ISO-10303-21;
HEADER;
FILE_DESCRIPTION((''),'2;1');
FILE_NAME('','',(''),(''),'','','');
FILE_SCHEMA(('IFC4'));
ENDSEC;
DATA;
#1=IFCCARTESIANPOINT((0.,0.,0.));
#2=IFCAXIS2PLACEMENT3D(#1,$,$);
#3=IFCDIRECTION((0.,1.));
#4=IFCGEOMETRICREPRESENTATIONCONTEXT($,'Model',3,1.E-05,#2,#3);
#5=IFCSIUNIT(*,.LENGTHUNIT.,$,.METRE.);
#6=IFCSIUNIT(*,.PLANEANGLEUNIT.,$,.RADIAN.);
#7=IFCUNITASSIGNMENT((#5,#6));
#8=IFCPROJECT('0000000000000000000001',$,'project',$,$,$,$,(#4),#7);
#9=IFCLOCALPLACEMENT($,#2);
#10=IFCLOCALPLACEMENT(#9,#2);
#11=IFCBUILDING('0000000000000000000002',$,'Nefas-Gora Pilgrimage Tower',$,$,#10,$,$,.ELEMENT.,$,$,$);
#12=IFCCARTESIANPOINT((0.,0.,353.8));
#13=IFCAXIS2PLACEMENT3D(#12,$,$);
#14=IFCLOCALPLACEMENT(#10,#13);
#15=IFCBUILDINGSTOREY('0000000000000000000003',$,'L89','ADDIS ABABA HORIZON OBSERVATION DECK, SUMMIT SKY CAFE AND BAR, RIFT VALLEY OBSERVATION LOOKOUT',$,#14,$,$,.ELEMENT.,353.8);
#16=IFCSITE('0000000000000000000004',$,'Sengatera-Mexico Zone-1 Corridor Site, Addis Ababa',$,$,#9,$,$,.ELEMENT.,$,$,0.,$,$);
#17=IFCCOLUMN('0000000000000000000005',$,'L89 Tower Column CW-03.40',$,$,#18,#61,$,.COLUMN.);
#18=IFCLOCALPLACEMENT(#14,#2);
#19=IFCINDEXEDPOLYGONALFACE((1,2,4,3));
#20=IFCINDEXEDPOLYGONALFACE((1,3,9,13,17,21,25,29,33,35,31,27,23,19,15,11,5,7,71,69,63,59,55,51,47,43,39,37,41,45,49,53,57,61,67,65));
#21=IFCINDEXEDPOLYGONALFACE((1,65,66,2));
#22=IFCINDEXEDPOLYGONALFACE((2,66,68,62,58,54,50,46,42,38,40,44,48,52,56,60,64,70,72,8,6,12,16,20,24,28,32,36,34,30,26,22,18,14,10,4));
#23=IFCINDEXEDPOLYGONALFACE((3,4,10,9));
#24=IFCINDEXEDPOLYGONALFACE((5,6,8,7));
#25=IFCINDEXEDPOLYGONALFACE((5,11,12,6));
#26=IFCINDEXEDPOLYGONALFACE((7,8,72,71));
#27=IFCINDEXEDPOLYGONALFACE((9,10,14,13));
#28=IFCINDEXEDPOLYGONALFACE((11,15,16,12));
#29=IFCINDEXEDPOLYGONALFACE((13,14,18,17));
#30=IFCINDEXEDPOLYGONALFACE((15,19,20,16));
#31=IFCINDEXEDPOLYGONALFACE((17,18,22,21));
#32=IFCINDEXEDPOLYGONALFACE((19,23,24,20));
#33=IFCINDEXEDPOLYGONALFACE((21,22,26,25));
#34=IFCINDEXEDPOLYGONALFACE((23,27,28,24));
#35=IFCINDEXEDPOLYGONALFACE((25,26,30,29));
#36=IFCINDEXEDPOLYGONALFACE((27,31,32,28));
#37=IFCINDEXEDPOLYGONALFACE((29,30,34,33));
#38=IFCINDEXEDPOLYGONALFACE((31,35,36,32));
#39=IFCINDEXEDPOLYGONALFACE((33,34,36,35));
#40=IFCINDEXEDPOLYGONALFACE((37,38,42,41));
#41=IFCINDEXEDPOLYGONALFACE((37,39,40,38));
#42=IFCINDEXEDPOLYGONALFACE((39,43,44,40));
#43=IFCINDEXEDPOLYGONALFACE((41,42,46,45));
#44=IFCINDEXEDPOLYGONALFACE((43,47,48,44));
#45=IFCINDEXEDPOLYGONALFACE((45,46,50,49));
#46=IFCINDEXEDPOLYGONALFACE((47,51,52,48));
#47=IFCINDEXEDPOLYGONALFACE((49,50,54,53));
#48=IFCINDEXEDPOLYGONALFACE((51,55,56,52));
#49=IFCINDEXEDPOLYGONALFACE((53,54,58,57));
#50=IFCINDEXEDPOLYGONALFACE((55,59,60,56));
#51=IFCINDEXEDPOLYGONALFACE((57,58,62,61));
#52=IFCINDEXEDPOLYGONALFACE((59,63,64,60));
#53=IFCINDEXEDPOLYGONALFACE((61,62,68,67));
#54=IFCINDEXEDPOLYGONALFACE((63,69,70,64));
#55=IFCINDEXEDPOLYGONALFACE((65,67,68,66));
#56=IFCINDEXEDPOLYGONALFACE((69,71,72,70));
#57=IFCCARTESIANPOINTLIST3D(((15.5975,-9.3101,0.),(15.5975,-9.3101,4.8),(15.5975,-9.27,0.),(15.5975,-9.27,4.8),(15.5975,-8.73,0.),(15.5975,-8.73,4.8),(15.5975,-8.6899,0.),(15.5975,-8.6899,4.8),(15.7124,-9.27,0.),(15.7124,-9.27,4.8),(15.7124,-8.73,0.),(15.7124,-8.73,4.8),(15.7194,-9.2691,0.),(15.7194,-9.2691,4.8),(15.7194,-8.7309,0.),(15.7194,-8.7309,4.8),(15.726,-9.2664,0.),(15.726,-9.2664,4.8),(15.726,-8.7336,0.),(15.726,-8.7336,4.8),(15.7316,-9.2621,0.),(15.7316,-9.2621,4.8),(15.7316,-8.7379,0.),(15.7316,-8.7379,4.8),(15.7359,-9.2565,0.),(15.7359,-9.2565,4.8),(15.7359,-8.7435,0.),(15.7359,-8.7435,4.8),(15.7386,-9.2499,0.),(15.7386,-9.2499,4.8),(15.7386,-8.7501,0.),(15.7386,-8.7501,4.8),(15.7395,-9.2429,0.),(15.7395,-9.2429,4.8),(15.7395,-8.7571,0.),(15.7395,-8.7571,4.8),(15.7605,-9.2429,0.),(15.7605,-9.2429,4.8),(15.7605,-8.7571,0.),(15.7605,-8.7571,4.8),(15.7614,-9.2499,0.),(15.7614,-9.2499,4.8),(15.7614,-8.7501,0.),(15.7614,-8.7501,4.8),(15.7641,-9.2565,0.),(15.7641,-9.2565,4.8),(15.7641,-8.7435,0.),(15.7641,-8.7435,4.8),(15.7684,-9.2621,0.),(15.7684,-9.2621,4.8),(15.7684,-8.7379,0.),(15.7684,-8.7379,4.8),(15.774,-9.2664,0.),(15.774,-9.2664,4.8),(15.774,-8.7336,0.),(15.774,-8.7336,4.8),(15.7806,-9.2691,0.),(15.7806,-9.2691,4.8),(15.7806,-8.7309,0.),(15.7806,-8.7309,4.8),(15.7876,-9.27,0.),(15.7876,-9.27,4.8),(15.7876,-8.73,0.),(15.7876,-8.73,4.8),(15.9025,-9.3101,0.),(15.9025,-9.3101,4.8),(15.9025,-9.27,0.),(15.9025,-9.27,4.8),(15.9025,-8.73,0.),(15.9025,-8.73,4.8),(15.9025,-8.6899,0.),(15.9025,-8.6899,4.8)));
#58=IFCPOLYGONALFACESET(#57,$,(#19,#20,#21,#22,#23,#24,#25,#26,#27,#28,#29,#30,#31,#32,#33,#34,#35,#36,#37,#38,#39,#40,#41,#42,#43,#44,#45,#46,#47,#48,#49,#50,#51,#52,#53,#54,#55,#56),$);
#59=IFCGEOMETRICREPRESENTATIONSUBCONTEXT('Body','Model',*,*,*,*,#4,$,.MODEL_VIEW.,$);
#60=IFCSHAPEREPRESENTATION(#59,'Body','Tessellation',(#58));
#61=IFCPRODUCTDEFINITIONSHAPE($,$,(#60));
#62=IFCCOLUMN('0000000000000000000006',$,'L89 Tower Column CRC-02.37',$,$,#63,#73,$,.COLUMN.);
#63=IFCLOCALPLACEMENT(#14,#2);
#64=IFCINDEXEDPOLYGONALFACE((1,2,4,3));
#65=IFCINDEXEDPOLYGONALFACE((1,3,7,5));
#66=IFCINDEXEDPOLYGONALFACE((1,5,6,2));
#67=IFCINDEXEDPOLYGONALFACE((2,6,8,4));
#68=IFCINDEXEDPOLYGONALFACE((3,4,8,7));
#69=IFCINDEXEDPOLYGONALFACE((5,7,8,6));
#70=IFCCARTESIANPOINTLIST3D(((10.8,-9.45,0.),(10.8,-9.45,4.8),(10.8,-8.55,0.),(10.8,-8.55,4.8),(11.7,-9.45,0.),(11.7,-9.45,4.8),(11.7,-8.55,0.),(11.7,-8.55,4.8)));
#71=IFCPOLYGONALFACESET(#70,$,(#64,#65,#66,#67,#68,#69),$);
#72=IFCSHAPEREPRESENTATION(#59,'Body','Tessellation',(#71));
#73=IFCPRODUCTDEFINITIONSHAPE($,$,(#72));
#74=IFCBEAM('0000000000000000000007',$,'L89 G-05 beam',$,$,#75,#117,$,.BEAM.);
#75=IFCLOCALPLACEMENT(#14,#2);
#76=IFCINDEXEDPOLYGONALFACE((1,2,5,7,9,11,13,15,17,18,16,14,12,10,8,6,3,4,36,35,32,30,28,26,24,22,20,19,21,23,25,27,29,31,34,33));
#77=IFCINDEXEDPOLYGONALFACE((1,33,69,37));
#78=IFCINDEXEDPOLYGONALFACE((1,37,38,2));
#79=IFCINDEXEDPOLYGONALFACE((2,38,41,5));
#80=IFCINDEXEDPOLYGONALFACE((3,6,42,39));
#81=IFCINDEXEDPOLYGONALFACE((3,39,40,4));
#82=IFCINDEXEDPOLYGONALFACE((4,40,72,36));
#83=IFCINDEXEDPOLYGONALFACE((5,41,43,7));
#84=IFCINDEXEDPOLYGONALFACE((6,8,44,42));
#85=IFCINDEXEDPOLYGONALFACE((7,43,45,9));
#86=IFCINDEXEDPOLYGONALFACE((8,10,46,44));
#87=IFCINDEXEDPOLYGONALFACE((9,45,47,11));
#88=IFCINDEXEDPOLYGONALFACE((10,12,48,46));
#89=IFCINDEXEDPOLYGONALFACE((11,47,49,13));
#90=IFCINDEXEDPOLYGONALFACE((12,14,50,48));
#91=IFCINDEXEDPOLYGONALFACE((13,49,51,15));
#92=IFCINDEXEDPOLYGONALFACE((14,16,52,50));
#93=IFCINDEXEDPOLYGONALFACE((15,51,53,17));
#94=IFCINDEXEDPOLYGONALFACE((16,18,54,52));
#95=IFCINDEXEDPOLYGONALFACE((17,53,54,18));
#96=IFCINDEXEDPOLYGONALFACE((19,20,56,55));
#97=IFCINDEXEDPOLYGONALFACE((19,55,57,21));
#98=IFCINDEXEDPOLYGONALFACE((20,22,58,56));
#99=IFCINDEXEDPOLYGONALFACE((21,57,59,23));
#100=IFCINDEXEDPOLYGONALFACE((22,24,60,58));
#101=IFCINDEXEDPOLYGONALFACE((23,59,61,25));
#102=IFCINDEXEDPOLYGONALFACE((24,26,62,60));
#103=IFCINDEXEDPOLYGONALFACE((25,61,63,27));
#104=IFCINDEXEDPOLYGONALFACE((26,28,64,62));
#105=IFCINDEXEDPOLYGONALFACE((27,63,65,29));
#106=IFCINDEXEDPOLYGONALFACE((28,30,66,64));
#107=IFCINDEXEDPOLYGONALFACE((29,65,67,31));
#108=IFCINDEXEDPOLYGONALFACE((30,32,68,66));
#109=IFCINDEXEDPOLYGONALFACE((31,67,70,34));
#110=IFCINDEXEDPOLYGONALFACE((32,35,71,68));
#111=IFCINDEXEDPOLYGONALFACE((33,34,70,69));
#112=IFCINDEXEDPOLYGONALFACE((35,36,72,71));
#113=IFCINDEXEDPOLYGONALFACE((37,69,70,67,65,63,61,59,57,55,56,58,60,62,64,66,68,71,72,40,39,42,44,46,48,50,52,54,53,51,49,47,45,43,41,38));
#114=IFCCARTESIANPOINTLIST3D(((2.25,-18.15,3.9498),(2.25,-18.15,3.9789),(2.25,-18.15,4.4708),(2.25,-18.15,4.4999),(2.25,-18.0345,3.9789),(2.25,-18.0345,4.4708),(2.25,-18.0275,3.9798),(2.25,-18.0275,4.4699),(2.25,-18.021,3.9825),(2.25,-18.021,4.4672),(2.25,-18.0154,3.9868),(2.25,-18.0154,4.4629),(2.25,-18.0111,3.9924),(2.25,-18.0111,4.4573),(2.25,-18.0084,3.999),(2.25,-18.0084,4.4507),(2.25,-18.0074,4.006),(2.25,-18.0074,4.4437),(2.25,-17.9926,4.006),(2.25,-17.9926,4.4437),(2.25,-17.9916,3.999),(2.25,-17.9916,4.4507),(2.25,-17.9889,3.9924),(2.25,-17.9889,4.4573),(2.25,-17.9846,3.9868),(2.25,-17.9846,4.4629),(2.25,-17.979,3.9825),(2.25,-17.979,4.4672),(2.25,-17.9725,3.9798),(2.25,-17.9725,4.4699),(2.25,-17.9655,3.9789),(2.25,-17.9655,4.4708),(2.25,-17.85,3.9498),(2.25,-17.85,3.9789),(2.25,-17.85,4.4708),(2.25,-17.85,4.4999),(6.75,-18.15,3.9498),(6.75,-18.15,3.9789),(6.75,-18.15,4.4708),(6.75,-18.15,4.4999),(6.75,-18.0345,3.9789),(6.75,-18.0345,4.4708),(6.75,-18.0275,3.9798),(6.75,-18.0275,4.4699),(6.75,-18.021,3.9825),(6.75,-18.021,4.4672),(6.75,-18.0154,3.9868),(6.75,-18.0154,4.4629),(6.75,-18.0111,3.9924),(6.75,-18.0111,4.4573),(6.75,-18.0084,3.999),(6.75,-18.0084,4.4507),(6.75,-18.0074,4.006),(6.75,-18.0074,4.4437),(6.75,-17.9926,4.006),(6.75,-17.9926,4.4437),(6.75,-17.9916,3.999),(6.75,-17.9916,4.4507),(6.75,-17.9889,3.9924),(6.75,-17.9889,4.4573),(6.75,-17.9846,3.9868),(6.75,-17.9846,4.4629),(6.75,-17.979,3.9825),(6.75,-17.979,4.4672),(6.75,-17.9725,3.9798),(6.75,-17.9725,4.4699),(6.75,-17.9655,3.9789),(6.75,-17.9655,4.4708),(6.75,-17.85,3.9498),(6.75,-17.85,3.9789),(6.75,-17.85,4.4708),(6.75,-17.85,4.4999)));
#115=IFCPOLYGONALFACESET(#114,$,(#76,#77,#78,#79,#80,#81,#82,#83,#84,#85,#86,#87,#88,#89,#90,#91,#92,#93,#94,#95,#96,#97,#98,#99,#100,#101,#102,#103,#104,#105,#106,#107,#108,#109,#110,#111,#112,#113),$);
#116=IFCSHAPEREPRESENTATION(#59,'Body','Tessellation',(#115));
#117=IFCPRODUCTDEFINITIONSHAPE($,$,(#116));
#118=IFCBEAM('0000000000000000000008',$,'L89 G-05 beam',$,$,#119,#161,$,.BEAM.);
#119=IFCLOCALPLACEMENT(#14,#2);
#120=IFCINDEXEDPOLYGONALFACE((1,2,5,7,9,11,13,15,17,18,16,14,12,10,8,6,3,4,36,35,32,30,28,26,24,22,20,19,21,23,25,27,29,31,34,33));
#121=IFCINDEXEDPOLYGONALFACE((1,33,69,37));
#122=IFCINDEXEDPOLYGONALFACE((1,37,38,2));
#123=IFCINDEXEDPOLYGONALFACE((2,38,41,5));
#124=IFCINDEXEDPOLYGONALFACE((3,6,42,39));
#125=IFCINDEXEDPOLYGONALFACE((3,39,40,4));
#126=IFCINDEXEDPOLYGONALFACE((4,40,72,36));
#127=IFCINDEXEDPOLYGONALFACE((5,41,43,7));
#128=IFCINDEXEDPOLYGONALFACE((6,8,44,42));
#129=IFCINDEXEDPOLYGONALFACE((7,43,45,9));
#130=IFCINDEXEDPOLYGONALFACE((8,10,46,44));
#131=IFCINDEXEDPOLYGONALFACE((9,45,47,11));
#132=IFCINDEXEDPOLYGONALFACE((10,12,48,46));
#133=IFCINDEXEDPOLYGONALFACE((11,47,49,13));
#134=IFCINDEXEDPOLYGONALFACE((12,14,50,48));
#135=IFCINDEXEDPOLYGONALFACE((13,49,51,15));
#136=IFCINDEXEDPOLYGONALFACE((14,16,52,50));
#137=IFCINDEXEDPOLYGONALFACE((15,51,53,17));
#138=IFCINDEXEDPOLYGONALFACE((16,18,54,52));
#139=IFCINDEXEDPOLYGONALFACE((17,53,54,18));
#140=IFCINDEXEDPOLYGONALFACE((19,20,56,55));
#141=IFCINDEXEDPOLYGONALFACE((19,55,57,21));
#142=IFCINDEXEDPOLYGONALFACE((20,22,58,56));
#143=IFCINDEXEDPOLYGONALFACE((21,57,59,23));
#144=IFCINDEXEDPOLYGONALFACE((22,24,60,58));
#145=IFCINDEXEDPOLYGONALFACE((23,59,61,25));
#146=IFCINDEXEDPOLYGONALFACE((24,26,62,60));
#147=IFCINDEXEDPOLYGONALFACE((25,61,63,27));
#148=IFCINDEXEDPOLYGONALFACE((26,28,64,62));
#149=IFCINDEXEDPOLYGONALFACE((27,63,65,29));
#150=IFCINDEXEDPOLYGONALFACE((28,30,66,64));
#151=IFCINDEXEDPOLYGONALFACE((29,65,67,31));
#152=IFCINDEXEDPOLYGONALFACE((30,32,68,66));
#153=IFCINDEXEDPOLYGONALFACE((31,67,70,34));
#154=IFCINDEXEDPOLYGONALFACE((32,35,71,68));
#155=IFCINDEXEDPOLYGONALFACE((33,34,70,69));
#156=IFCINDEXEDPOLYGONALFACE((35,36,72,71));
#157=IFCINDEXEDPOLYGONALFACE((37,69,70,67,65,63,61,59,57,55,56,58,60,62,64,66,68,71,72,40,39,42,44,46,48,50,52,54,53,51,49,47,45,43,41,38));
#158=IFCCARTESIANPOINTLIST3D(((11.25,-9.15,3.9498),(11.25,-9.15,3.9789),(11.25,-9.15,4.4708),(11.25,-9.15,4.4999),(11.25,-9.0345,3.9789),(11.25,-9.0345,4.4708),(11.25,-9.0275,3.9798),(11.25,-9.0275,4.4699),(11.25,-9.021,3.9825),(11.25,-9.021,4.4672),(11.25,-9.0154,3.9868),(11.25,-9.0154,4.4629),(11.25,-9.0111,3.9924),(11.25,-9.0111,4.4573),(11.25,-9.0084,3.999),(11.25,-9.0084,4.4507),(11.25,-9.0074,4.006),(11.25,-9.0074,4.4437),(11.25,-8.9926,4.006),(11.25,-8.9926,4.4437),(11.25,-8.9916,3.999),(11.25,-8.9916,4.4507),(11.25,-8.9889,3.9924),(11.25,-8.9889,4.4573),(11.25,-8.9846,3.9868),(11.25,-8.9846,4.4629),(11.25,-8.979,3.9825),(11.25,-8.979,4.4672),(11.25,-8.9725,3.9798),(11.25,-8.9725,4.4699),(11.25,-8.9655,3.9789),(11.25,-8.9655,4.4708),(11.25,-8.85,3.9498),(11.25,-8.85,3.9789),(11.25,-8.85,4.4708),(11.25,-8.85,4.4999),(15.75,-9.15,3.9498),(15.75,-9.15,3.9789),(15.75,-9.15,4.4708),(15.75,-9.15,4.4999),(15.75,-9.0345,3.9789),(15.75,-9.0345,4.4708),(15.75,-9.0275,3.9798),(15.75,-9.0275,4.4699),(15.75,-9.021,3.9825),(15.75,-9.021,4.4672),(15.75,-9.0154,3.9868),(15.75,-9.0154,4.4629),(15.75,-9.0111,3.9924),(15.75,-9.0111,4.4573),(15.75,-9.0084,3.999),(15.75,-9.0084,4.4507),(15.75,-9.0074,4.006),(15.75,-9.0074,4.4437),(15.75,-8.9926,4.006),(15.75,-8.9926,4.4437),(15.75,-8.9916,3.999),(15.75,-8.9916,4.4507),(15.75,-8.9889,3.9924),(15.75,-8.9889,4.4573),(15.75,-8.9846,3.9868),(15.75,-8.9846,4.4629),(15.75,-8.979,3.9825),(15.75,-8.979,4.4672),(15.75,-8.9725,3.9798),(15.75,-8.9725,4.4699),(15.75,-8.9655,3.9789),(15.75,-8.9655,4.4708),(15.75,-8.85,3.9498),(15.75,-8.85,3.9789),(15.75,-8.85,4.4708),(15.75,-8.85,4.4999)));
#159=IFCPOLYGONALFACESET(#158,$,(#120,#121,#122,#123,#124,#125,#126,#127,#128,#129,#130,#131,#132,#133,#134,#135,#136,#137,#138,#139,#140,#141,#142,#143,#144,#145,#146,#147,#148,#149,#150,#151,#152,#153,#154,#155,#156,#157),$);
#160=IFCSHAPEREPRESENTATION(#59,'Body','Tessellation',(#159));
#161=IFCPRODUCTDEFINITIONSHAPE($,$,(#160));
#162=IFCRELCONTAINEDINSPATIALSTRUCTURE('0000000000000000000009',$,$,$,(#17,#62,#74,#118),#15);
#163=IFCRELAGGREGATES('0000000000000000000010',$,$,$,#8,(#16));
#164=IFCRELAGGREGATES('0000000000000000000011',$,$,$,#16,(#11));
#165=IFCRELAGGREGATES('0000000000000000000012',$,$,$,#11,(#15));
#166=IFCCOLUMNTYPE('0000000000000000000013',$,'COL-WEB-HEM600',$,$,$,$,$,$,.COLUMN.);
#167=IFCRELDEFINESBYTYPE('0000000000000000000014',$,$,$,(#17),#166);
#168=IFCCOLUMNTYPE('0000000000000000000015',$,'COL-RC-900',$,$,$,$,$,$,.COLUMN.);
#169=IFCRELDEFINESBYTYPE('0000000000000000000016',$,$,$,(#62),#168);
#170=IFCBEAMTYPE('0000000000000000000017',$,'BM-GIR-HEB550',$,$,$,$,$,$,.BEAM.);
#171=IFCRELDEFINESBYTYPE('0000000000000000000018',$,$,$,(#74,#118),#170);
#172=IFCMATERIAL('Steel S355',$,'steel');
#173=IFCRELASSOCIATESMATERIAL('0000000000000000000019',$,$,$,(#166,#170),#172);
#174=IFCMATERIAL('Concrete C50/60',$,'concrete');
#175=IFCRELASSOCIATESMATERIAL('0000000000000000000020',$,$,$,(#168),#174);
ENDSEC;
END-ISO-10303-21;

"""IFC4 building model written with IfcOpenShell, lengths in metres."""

from ifc_helpers import new_model, si_unit, direction, frame, origin, origin_2d, place, context, subcontext, project, spatial, rectangle, i_section, extrude, source, transform, mapped, material, material_profile, profile_set, type_object, element, save


model = new_model("IFC4")

# Units and contexts
model_context = context("Model", 3, precision=1e-05, world=origin(), true_north=direction((0.0, 1.0)))
body_context = subcontext(model_context, "Body", "Model", "MODEL_VIEW")
ifc_project = project(units=[si_unit("LENGTHUNIT", "METRE"), si_unit("PLANEANGLEUNIT", "RADIAN")], contexts=[model_context])

# Site, building, storey
site_placement = place(None, origin())
site = spatial("IfcSite", under=ifc_project, at=site_placement, Name="Sengatera-Mexico Zone-1 Corridor Site, Addis Ababa", CompositionType="ELEMENT", RefElevation=0.0)
building_placement = place(site_placement, origin())
building = spatial("IfcBuilding", under=site, at=building_placement, Name="Nefas-Gora Pilgrimage Tower", CompositionType="ELEMENT")
storey_placement = place(building_placement, frame((0.0, 0.0, 353.8)))
storey = spatial("IfcBuildingStorey", under=building, at=storey_placement, Name="L89", Description="ADDIS ABABA HORIZON OBSERVATION DECK, SUMMIT SKY CAFE AND BAR, RIFT VALLEY OBSERVATION LOOKOUT", CompositionType="ELEMENT", Elevation=353.8)

# Columns
ifc_material_1 = material(Name="Steel S355", Category="steel")
ifc_material_profile_1 = material_profile(ifc_material_1, i_section(OverallWidth=0.3049, OverallDepth=0.6201, WebThickness=0.021, FlangeThickness=0.04, FilletRadius=0.0271, at=origin_2d()), Name="HEM 600")
ifc_profile_set_1 = profile_set([ifc_material_profile_1], Name="Steel S355")
column_type_1 = type_object("IfcColumnType", Name="COL-WEB-HEM600", PredefinedType="COLUMN", material=ifc_profile_set_1)
shared_shape_1 = source(origin(), body_context, "Body", "SweptSolid", [
    extrude(i_section(OverallWidth=0.3049, OverallDepth=0.6201, WebThickness=0.021, FlangeThickness=0.04, FilletRadius=0.0271, at=origin_2d()), origin(), (0.0, 0.0, 1.0), 4.8),
])
for number, where, z_axis, x_axis, name in (
    (1, (15.75, -9.0, 0.0), (0.0, 0.0, 1.0), (1.0, 0.0, 0.0), "L89 Tower Column CW-03.40"),
):
    element("IfcColumn", number, at=place(storey_placement, frame(where, z_axis=z_axis, x_axis=x_axis)), inside=storey, type_object=column_type_1, Name=name, PredefinedType="COLUMN", context=body_context, shape_type="MappedRepresentation", body=[
        mapped(shared_shape_1, transform((0.0, 0.0, 0.0), x_axis=(1.0, 0.0, 0.0), y_axis=(0.0, 1.0, 0.0), z_axis=(0.0, 0.0, 1.0), scale=1.0)),
    ])
ifc_material_2 = material(Name="Concrete C50/60", Category="concrete")
ifc_material_profile_2 = material_profile(ifc_material_2, rectangle(XDim=0.8999, YDim=0.8999, at=origin_2d()), Name="RC 900x900")
ifc_profile_set_2 = profile_set([ifc_material_profile_2], Name="Concrete C50/60")
column_type_2 = type_object("IfcColumnType", Name="COL-RC-900", PredefinedType="COLUMN", material=ifc_profile_set_2)
shared_shape_2 = source(origin(), body_context, "Body", "SweptSolid", [
    extrude(rectangle(XDim=0.8999, YDim=0.8999, at=origin_2d()), origin(), (0.0, 0.0, 1.0), 4.8),
])
column_placement = place(storey_placement, frame((11.25, -9.0, 0.0), z_axis=(0.0, 0.0, 1.0), x_axis=(1.0, 0.0, 0.0)))
element("IfcColumn", 2, at=column_placement, inside=storey, type_object=column_type_2, Name="L89 Tower Column CRC-02.37", PredefinedType="COLUMN", context=body_context, shape_type="MappedRepresentation", body=[
    mapped(shared_shape_2, transform((0.0, 0.0, 0.0), x_axis=(1.0, 0.0, 0.0), y_axis=(0.0, 1.0, 0.0), z_axis=(0.0, 0.0, 1.0), scale=1.0)),
])

# Beams
ifc_material_profile_3 = material_profile(ifc_material_1, i_section(OverallWidth=0.3, OverallDepth=0.55, WebThickness=0.0149, FlangeThickness=0.0291, FilletRadius=0.0271, at=origin_2d()), Name="HEB 550")
ifc_profile_set_3 = profile_set([ifc_material_profile_3], Name="Steel S355")
beam_type = type_object("IfcBeamType", Name="BM-GIR-HEB550", PredefinedType="BEAM", material=ifc_profile_set_3)
shared_shape_3 = source(origin(), body_context, "Body", "SweptSolid", [
    extrude(i_section(OverallWidth=0.3, OverallDepth=0.55, WebThickness=0.0149, FlangeThickness=0.0291, FilletRadius=0.0271, at=origin_2d()), origin(), (0.0, 0.0, 1.0), 4.5),
])
for number, where, z_axis, x_axis, name in (
    (3, (2.25, -18.0, 4.2249), (1.0, 0.0, 0.0), (0.0, 1.0, 0.0), "L89 G-05 beam"),
    (4, (11.25, -9.0, 4.2249), (1.0, 0.0, 0.0), (0.0, 1.0, 0.0), "L89 G-05 beam"),
):
    element("IfcBeam", number, at=place(storey_placement, frame(where, z_axis=z_axis, x_axis=x_axis)), inside=storey, type_object=beam_type, Name=name, PredefinedType="BEAM", context=body_context, shape_type="MappedRepresentation", body=[
        mapped(shared_shape_3, transform((0.0, 0.0, 0.0), x_axis=(1.0, 0.0, 0.0), y_axis=(0.0, 1.0, 0.0), z_axis=(0.0, 0.0, 1.0), scale=1.0)),
    ])

save(model, "model.ifc")
